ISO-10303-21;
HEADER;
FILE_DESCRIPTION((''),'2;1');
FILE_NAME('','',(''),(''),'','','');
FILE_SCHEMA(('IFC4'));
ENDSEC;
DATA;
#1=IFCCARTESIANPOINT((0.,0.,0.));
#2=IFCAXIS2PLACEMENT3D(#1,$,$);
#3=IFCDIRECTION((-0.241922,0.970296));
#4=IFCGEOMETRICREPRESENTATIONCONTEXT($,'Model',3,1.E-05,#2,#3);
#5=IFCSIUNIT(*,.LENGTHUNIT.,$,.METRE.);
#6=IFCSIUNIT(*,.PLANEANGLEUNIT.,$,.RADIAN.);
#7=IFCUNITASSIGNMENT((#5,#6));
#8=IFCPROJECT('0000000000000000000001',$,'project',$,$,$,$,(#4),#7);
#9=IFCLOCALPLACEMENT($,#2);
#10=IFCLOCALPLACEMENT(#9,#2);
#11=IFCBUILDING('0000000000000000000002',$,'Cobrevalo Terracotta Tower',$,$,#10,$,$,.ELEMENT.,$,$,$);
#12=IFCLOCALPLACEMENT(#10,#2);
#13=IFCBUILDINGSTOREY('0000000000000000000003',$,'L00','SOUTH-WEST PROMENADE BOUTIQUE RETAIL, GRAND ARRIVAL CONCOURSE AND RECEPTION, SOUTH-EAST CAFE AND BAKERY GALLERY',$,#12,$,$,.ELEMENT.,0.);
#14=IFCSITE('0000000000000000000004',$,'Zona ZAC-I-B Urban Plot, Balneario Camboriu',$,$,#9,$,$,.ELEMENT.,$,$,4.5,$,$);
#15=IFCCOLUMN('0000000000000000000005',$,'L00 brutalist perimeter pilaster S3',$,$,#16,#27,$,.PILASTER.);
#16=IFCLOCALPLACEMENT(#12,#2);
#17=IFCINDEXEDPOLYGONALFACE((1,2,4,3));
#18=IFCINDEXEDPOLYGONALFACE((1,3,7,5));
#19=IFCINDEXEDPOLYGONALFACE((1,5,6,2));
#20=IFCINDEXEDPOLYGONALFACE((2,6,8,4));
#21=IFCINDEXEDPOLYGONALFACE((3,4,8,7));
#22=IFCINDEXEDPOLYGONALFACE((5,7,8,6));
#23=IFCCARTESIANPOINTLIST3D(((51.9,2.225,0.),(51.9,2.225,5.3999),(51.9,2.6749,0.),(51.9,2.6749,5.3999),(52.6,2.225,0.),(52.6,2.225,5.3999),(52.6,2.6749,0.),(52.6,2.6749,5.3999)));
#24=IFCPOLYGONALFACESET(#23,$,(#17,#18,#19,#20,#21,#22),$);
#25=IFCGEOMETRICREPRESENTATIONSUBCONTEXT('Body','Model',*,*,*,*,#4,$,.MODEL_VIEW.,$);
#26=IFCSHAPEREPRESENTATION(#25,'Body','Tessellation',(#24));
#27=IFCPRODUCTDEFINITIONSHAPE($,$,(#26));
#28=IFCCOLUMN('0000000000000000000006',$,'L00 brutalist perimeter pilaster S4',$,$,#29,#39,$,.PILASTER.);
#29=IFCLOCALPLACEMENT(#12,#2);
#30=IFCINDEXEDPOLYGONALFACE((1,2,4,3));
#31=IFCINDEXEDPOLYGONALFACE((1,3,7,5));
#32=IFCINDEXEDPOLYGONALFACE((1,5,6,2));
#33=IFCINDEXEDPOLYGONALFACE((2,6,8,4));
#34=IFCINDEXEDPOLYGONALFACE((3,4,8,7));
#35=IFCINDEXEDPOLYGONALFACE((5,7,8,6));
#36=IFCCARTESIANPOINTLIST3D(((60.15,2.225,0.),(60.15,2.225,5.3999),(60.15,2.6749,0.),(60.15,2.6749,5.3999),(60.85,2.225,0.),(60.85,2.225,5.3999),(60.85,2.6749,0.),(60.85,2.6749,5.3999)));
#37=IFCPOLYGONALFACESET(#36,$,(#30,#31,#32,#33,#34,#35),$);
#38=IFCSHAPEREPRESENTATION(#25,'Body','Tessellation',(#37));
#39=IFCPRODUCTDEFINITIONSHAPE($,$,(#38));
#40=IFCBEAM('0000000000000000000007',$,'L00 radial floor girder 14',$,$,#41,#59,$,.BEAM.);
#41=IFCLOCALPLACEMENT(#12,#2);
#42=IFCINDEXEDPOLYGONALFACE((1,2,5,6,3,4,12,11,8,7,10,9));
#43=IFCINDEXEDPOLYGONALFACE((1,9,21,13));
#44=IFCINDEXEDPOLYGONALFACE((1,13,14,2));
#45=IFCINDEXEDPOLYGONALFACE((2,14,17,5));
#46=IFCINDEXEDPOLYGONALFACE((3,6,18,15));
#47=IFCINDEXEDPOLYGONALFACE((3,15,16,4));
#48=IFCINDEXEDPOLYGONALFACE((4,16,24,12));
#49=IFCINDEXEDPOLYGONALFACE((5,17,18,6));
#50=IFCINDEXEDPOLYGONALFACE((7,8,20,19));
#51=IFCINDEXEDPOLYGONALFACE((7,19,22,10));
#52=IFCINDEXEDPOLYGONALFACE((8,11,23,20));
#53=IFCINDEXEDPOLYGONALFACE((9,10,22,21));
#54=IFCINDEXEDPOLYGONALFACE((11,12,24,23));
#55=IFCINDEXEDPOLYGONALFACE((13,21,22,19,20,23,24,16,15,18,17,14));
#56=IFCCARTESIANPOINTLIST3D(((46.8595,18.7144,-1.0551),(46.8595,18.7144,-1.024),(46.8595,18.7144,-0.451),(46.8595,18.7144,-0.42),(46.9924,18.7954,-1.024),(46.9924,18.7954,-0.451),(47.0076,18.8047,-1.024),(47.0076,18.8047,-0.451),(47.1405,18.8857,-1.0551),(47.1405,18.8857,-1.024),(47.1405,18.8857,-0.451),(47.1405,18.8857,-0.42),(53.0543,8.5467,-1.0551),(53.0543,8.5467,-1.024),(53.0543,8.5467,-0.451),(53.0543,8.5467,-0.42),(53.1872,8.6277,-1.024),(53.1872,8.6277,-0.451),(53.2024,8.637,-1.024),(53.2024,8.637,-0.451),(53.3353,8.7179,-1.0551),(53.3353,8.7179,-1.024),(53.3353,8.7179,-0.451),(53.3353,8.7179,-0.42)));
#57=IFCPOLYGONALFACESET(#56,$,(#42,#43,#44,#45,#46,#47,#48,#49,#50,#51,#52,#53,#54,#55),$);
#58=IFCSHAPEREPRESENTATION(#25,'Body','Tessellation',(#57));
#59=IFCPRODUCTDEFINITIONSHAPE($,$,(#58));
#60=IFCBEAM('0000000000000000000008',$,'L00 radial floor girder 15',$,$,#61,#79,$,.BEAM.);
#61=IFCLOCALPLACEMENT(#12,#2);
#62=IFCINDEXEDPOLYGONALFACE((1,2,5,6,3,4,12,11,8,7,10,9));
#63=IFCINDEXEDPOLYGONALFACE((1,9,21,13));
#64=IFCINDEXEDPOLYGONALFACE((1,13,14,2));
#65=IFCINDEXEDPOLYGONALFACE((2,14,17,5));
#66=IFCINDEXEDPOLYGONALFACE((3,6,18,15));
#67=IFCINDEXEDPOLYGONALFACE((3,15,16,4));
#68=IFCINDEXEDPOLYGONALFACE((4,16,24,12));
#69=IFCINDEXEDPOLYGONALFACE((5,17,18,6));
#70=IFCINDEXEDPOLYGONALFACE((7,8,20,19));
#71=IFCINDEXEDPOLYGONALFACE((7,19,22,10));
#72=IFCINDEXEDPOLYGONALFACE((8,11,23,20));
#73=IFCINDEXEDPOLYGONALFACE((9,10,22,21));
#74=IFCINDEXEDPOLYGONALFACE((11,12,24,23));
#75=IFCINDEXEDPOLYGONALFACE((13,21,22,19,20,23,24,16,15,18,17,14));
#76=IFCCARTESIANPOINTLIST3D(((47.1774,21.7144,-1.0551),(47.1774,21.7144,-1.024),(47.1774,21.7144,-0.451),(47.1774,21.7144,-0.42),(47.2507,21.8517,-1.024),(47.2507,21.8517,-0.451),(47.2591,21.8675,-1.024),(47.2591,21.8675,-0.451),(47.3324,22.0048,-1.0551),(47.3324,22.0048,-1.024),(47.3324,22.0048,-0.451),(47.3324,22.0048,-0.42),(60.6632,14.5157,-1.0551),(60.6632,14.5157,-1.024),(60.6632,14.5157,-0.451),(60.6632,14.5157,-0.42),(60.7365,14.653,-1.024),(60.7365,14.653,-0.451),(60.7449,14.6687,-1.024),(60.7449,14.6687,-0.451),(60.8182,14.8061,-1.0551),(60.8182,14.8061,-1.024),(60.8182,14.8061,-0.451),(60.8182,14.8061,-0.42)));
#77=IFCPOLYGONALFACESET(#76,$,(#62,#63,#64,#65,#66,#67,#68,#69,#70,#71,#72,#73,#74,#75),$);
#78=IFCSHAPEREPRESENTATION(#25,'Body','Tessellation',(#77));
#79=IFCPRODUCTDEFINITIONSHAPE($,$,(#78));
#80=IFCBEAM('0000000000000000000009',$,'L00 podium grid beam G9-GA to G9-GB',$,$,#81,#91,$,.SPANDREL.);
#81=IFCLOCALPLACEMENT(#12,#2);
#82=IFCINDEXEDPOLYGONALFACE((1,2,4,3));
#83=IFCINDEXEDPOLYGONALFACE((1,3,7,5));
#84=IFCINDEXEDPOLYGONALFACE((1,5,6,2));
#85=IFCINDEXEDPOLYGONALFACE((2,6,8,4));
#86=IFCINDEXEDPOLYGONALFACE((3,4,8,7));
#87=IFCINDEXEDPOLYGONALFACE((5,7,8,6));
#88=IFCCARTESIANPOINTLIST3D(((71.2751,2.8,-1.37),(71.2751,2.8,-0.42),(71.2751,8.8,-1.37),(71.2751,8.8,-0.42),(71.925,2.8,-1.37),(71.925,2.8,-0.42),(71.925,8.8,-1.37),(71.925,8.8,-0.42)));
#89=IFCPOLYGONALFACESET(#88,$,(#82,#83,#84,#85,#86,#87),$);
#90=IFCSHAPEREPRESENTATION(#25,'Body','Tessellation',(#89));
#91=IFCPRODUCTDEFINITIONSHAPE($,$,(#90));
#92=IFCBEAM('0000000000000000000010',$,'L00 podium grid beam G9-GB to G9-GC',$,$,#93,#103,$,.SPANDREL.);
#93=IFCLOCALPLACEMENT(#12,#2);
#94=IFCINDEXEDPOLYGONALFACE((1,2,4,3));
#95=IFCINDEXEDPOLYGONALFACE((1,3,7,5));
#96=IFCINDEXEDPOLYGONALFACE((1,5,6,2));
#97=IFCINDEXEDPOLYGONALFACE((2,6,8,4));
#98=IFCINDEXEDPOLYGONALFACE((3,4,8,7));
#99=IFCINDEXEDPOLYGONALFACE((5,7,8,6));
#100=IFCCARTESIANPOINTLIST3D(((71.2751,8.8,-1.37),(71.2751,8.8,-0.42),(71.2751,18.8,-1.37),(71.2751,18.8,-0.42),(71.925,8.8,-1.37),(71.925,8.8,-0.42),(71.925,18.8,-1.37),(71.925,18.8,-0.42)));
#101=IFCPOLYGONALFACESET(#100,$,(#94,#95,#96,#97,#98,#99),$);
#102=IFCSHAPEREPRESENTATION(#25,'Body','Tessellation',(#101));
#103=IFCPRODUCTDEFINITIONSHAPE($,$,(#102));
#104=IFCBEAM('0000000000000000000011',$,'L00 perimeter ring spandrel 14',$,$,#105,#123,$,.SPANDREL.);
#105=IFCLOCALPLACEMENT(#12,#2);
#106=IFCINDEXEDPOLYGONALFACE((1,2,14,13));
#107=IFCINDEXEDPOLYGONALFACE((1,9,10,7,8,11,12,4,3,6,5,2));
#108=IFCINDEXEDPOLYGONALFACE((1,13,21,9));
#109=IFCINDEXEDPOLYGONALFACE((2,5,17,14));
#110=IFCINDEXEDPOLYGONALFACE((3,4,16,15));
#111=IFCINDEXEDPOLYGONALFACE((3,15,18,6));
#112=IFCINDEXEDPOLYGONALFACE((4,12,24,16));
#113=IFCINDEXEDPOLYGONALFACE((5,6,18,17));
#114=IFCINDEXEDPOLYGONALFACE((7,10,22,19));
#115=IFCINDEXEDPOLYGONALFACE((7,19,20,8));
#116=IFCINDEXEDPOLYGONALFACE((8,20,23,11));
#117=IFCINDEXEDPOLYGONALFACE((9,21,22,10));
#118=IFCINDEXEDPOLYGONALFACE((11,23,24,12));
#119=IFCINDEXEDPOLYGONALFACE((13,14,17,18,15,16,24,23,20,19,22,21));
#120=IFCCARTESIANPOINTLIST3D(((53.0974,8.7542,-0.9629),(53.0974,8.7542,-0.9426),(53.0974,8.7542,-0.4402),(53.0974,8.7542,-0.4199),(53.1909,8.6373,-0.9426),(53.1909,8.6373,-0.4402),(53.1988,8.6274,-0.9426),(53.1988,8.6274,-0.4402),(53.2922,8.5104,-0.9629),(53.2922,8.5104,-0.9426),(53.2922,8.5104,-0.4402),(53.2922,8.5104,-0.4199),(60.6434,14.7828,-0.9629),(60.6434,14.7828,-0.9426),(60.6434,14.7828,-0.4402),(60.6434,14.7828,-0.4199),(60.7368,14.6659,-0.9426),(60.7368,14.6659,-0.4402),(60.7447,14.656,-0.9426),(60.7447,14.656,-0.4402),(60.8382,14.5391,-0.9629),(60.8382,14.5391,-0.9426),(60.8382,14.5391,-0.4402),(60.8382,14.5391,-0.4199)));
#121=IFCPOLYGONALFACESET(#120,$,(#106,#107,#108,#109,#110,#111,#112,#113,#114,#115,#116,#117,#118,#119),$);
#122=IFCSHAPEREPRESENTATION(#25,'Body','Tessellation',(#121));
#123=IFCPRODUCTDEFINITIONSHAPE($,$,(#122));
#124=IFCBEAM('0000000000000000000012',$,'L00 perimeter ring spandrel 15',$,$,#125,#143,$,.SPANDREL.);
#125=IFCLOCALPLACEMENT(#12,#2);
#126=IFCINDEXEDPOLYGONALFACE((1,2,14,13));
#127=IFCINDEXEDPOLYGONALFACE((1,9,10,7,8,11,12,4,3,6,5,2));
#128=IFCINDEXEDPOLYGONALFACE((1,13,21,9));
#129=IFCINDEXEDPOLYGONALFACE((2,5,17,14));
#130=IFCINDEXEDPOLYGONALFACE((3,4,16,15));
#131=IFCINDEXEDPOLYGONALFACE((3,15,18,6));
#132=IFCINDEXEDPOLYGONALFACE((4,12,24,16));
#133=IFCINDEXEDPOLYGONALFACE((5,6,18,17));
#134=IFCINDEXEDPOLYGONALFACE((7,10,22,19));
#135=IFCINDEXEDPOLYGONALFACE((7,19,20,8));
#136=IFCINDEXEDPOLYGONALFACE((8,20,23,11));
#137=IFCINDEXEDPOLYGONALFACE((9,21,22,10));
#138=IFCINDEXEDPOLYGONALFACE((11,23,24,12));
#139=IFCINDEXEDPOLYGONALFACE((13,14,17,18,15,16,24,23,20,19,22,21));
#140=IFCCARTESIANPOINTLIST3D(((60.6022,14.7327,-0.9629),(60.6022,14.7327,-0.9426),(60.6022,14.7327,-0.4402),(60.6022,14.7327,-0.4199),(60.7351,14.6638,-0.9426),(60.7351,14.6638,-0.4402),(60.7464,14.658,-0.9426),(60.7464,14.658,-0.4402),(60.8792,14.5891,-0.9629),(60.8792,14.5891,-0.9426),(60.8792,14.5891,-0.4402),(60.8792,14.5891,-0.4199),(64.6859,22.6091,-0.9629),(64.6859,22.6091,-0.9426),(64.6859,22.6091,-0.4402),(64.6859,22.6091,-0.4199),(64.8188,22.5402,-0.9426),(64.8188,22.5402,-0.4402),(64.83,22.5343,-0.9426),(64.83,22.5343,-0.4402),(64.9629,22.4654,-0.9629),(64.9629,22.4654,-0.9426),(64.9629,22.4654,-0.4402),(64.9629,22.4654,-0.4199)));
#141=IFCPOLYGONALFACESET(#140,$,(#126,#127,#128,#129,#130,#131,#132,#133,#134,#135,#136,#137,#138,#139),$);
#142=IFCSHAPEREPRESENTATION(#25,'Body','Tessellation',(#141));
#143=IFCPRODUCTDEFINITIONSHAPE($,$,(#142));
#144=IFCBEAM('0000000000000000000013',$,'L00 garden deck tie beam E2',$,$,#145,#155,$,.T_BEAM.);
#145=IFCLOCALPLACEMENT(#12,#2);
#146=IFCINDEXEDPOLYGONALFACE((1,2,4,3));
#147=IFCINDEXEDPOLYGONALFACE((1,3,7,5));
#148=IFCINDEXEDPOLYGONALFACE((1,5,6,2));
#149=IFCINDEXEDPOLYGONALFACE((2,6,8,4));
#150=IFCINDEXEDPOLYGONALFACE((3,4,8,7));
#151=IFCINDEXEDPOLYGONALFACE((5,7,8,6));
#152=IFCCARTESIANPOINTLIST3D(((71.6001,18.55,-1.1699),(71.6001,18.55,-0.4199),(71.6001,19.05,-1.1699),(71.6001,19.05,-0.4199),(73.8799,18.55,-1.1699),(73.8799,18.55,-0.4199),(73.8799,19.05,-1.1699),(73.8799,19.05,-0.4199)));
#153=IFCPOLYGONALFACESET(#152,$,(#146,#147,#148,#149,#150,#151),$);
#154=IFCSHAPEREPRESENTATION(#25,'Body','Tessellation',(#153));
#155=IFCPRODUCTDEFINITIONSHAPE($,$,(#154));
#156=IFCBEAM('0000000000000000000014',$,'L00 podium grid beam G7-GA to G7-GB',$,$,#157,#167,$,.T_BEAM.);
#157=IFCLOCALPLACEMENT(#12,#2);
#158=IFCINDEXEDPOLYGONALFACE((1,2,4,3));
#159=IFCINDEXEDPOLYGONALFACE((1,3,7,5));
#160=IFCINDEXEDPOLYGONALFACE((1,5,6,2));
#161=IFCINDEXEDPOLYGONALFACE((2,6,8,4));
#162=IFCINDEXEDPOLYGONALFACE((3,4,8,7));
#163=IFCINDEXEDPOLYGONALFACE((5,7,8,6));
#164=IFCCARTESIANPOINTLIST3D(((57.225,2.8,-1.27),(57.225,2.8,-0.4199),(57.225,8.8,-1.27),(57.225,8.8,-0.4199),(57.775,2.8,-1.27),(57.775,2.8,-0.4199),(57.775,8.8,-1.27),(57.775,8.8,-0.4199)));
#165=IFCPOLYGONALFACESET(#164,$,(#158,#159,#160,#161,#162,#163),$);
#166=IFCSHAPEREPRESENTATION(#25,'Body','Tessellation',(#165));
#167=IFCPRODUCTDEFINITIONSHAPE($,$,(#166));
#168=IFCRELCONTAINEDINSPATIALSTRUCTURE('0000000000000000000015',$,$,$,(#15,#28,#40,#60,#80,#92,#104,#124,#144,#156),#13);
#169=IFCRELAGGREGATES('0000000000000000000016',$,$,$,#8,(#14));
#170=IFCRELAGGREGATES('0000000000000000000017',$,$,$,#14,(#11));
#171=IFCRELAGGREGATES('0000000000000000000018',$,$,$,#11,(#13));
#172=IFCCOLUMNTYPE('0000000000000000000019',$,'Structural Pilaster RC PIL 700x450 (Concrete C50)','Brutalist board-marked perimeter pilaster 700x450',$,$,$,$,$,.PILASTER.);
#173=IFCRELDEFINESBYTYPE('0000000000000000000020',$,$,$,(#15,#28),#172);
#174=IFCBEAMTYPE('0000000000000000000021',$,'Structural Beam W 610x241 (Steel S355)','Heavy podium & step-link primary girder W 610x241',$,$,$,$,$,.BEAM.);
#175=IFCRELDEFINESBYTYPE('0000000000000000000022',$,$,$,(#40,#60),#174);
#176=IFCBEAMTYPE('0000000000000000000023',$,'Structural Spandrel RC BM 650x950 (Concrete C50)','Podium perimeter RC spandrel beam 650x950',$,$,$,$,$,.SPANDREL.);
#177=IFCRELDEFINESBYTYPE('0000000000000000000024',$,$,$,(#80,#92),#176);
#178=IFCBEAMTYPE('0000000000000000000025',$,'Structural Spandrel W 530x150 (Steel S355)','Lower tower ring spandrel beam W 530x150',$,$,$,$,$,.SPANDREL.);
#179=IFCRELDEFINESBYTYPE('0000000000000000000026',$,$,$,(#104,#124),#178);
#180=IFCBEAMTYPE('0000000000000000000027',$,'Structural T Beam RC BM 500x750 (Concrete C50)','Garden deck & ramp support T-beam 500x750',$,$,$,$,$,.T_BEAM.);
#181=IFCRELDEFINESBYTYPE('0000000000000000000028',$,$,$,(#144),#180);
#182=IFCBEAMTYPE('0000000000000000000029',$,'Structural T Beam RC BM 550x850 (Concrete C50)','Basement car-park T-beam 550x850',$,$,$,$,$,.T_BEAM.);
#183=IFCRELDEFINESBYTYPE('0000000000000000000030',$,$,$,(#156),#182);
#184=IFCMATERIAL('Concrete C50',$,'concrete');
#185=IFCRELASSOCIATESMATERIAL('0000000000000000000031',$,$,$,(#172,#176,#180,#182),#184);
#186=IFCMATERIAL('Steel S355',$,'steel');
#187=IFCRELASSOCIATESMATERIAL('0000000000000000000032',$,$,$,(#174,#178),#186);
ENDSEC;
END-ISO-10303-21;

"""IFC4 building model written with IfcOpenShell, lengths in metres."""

from ifc_helpers import new_model, si_unit, direction, frame, origin, origin_2d, place, context, subcontext, project, spatial, rectangle, i_section, extrude, material, material_profile, profile_set, type_object, element, save


model = new_model("IFC4")

# Units and contexts
model_context = context("Model", 3, precision=1e-05, world=origin(), true_north=direction((-0.241922, 0.970296)))
body_context = subcontext(model_context, "Body", "Model", "MODEL_VIEW")
ifc_project = project(units=[si_unit("LENGTHUNIT", "METRE"), si_unit("PLANEANGLEUNIT", "RADIAN")], contexts=[model_context])

# Site, building, storey
site_placement = place(None, origin())
site = spatial("IfcSite", under=ifc_project, at=site_placement, Name="Zona ZAC-I-B Urban Plot, Balneario Camboriu", CompositionType="ELEMENT", RefElevation=4.5)
building_placement = place(site_placement, origin())
building = spatial("IfcBuilding", under=site, at=building_placement, Name="Cobrevalo Terracotta Tower", CompositionType="ELEMENT")
storey_placement = place(building_placement, origin())
storey = spatial("IfcBuildingStorey", under=building, at=storey_placement, Name="L00", Description="SOUTH-WEST PROMENADE BOUTIQUE RETAIL, GRAND ARRIVAL CONCOURSE AND RECEPTION, SOUTH-EAST CAFE AND BAKERY GALLERY", CompositionType="ELEMENT", Elevation=0.0)

# Columns
ifc_material_1 = material(Name="Steel S355", Category="steel")
ifc_material_2 = material(Name="Concrete C50", Category="concrete")
ifc_material_profile_1 = material_profile(ifc_material_2, rectangle(XDim=0.7, YDim=0.45, at=origin_2d()), Name="RC PIL 700x450")
ifc_profile_set_1 = profile_set([ifc_material_profile_1], Name="Concrete C50")
column_type_1 = type_object("IfcColumnType", Name="Structural Pilaster RC PIL 700x450 (Concrete C50)", Description="Brutalist board-marked perimeter pilaster 700x450", PredefinedType="PILASTER", material=ifc_profile_set_1)
for number, where, z_axis, x_axis, name in (
    (1, (52.25, 2.45, 0.0), (0.0, 0.0, 1.0), (1.0, 0.0, 0.0), "L00 brutalist perimeter pilaster S3"),
    (2, (60.5, 2.45, 0.0), (0.0, 0.0, 1.0), (1.0, 0.0, 0.0), "L00 brutalist perimeter pilaster S4"),
):
    element("IfcColumn", number, at=place(storey_placement, frame(where, z_axis=z_axis, x_axis=x_axis)), inside=storey, type_object=column_type_1, Name=name, PredefinedType="PILASTER", context=body_context, shape_type="SweptSolid", body=[
        extrude(rectangle(XDim=0.7, YDim=0.45, at=origin_2d()), origin(), (0.0, 0.0, 1.0), 5.3999),
    ])

# Beams
ifc_material_profile_2 = material_profile(ifc_material_1, i_section(OverallWidth=0.3291, OverallDepth=0.635, WebThickness=0.0178, FlangeThickness=0.031, at=origin_2d()), Name="W 610x241")
ifc_profile_set_2 = profile_set([ifc_material_profile_2], Name="Steel S355")
beam_type_1 = type_object("IfcBeamType", Name="Structural Beam W 610x241 (Steel S355)", Description="Heavy podium & step-link primary girder W 610x241", PredefinedType="BEAM", material=ifc_profile_set_2)
beam_1_placement = place(storey_placement, frame((53.1948, 8.6323, -0.7375), z_axis=(-0.520301, 0.853983, 0.0), x_axis=(-0.853983, -0.520301, 0.0)))
element("IfcBeam", 3, at=beam_1_placement, inside=storey, type_object=beam_type_1, Name="L00 radial floor girder 14", PredefinedType="BEAM", context=body_context, shape_type="SweptSolid", body=[
    extrude(i_section(OverallWidth=0.3291, OverallDepth=0.635, WebThickness=0.0178, FlangeThickness=0.031, at=origin_2d()), origin(), (0.0, 0.0, 1.0), 11.9062),
])
beam_2_placement = place(storey_placement, frame((60.7407, 14.6609, -0.7375), z_axis=(-0.882182, 0.470908, 0.0), x_axis=(-0.470908, -0.882182, 0.0)))
element("IfcBeam", 4, at=beam_2_placement, inside=storey, type_object=beam_type_1, Name="L00 radial floor girder 15", PredefinedType="BEAM", context=body_context, shape_type="SweptSolid", body=[
    extrude(i_section(OverallWidth=0.3291, OverallDepth=0.635, WebThickness=0.0178, FlangeThickness=0.031, at=origin_2d()), origin(), (0.0, 0.0, 1.0), 15.2869),
])
ifc_material_profile_3 = material_profile(ifc_material_2, rectangle(XDim=0.6499, YDim=0.95, at=origin_2d()), Name="RC BM 650x950")
ifc_profile_set_3 = profile_set([ifc_material_profile_3], Name="Concrete C50")
beam_type_2 = type_object("IfcBeamType", Name="Structural Spandrel RC BM 650x950 (Concrete C50)", Description="Podium perimeter RC spandrel beam 650x950", PredefinedType="SPANDREL", material=ifc_profile_set_3)
beam_3_placement = place(storey_placement, frame((71.6001, 2.8, -0.895), z_axis=(0.0, 1.0, 0.0), x_axis=(-1.0, 0.0, 0.0)))
element("IfcBeam", 5, at=beam_3_placement, inside=storey, type_object=beam_type_2, Name="L00 podium grid beam G9-GA to G9-GB", PredefinedType="SPANDREL", context=body_context, shape_type="SweptSolid", body=[
    extrude(rectangle(XDim=0.6499, YDim=0.95, at=origin_2d()), origin(), (0.0, 0.0, 1.0), 6.0),
])
beam_4_placement = place(storey_placement, frame((71.6001, 8.8, -0.895), z_axis=(0.0, 1.0, 0.0), x_axis=(-1.0, 0.0, 0.0)))
element("IfcBeam", 6, at=beam_4_placement, inside=storey, type_object=beam_type_2, Name="L00 podium grid beam G9-GB to G9-GC", PredefinedType="SPANDREL", context=body_context, shape_type="SweptSolid", body=[
    extrude(rectangle(XDim=0.6499, YDim=0.95, at=origin_2d()), origin(), (0.0, 0.0, 1.0), 10.0),
])
ifc_material_profile_4 = material_profile(ifc_material_1, i_section(OverallWidth=0.312, OverallDepth=0.543, WebThickness=0.0127, FlangeThickness=0.0203, at=origin_2d()), Name="W 530x150")
ifc_profile_set_4 = profile_set([ifc_material_profile_4], Name="Steel S355")
beam_type_3 = type_object("IfcBeamType", Name="Structural Spandrel W 530x150 (Steel S355)", Description="Lower tower ring spandrel beam W 530x150", PredefinedType="SPANDREL", material=ifc_profile_set_4)
beam_5_placement = place(storey_placement, frame((53.1948, 8.6323, -0.6914), z_axis=(0.78128, 0.62418, 0.0), x_axis=(-0.62418, 0.78128, 0.0)))
element("IfcBeam", 7, at=beam_5_placement, inside=storey, type_object=beam_type_3, Name="L00 perimeter ring spandrel 14", PredefinedType="SPANDREL", context=body_context, shape_type="SweptSolid", body=[
    extrude(i_section(OverallWidth=0.312, OverallDepth=0.543, WebThickness=0.0127, FlangeThickness=0.0203, at=origin_2d()), origin(), (0.0, 0.0, 1.0), 9.6584),
])
beam_6_placement = place(storey_placement, frame((60.7407, 14.6609, -0.6914), z_axis=(0.460286, 0.887771, 0.0), x_axis=(-0.887771, 0.460286, 0.0)))
element("IfcBeam", 8, at=beam_6_placement, inside=storey, type_object=beam_type_3, Name="L00 perimeter ring spandrel 15", PredefinedType="SPANDREL", context=body_context, shape_type="SweptSolid", body=[
    extrude(i_section(OverallWidth=0.312, OverallDepth=0.543, WebThickness=0.0127, FlangeThickness=0.0203, at=origin_2d()), origin(), (0.0, 0.0, 1.0), 8.8721),
])
ifc_material_profile_5 = material_profile(ifc_material_2, rectangle(XDim=0.5, YDim=0.75, at=origin_2d()), Name="RC BM 500x750")
ifc_profile_set_5 = profile_set([ifc_material_profile_5], Name="Concrete C50")
beam_type_4 = type_object("IfcBeamType", Name="Structural T Beam RC BM 500x750 (Concrete C50)", Description="Garden deck & ramp support T-beam 500x750", PredefinedType="T_BEAM", material=ifc_profile_set_5)
beam_7_placement = place(storey_placement, frame((71.6001, 18.8, -0.7949), z_axis=(1.0, 0.0, 0.0), x_axis=(0.0, 1.0, 0.0)))
element("IfcBeam", 9, at=beam_7_placement, inside=storey, type_object=beam_type_4, Name="L00 garden deck tie beam E2", PredefinedType="T_BEAM", context=body_context, shape_type="SweptSolid", body=[
    extrude(rectangle(XDim=0.5, YDim=0.75, at=origin_2d()), origin(), (0.0, 0.0, 1.0), 2.2798),
])
ifc_material_profile_6 = material_profile(ifc_material_2, rectangle(XDim=0.55, YDim=0.8501, at=origin_2d()), Name="RC BM 550x850")
ifc_profile_set_6 = profile_set([ifc_material_profile_6], Name="Concrete C50")
beam_type_5 = type_object("IfcBeamType", Name="Structural T Beam RC BM 550x850 (Concrete C50)", Description="Basement car-park T-beam 550x850", PredefinedType="T_BEAM", material=ifc_profile_set_6)
beam_8_placement = place(storey_placement, frame((57.5, 2.8, -0.845), z_axis=(0.0, 1.0, 0.0), x_axis=(-1.0, 0.0, 0.0)))
element("IfcBeam", 10, at=beam_8_placement, inside=storey, type_object=beam_type_5, Name="L00 podium grid beam G7-GA to G7-GB", PredefinedType="T_BEAM", context=body_context, shape_type="SweptSolid", body=[
    extrude(rectangle(XDim=0.55, YDim=0.8501, at=origin_2d()), origin(), (0.0, 0.0, 1.0), 6.0),
])

save(model, "model.ifc")
